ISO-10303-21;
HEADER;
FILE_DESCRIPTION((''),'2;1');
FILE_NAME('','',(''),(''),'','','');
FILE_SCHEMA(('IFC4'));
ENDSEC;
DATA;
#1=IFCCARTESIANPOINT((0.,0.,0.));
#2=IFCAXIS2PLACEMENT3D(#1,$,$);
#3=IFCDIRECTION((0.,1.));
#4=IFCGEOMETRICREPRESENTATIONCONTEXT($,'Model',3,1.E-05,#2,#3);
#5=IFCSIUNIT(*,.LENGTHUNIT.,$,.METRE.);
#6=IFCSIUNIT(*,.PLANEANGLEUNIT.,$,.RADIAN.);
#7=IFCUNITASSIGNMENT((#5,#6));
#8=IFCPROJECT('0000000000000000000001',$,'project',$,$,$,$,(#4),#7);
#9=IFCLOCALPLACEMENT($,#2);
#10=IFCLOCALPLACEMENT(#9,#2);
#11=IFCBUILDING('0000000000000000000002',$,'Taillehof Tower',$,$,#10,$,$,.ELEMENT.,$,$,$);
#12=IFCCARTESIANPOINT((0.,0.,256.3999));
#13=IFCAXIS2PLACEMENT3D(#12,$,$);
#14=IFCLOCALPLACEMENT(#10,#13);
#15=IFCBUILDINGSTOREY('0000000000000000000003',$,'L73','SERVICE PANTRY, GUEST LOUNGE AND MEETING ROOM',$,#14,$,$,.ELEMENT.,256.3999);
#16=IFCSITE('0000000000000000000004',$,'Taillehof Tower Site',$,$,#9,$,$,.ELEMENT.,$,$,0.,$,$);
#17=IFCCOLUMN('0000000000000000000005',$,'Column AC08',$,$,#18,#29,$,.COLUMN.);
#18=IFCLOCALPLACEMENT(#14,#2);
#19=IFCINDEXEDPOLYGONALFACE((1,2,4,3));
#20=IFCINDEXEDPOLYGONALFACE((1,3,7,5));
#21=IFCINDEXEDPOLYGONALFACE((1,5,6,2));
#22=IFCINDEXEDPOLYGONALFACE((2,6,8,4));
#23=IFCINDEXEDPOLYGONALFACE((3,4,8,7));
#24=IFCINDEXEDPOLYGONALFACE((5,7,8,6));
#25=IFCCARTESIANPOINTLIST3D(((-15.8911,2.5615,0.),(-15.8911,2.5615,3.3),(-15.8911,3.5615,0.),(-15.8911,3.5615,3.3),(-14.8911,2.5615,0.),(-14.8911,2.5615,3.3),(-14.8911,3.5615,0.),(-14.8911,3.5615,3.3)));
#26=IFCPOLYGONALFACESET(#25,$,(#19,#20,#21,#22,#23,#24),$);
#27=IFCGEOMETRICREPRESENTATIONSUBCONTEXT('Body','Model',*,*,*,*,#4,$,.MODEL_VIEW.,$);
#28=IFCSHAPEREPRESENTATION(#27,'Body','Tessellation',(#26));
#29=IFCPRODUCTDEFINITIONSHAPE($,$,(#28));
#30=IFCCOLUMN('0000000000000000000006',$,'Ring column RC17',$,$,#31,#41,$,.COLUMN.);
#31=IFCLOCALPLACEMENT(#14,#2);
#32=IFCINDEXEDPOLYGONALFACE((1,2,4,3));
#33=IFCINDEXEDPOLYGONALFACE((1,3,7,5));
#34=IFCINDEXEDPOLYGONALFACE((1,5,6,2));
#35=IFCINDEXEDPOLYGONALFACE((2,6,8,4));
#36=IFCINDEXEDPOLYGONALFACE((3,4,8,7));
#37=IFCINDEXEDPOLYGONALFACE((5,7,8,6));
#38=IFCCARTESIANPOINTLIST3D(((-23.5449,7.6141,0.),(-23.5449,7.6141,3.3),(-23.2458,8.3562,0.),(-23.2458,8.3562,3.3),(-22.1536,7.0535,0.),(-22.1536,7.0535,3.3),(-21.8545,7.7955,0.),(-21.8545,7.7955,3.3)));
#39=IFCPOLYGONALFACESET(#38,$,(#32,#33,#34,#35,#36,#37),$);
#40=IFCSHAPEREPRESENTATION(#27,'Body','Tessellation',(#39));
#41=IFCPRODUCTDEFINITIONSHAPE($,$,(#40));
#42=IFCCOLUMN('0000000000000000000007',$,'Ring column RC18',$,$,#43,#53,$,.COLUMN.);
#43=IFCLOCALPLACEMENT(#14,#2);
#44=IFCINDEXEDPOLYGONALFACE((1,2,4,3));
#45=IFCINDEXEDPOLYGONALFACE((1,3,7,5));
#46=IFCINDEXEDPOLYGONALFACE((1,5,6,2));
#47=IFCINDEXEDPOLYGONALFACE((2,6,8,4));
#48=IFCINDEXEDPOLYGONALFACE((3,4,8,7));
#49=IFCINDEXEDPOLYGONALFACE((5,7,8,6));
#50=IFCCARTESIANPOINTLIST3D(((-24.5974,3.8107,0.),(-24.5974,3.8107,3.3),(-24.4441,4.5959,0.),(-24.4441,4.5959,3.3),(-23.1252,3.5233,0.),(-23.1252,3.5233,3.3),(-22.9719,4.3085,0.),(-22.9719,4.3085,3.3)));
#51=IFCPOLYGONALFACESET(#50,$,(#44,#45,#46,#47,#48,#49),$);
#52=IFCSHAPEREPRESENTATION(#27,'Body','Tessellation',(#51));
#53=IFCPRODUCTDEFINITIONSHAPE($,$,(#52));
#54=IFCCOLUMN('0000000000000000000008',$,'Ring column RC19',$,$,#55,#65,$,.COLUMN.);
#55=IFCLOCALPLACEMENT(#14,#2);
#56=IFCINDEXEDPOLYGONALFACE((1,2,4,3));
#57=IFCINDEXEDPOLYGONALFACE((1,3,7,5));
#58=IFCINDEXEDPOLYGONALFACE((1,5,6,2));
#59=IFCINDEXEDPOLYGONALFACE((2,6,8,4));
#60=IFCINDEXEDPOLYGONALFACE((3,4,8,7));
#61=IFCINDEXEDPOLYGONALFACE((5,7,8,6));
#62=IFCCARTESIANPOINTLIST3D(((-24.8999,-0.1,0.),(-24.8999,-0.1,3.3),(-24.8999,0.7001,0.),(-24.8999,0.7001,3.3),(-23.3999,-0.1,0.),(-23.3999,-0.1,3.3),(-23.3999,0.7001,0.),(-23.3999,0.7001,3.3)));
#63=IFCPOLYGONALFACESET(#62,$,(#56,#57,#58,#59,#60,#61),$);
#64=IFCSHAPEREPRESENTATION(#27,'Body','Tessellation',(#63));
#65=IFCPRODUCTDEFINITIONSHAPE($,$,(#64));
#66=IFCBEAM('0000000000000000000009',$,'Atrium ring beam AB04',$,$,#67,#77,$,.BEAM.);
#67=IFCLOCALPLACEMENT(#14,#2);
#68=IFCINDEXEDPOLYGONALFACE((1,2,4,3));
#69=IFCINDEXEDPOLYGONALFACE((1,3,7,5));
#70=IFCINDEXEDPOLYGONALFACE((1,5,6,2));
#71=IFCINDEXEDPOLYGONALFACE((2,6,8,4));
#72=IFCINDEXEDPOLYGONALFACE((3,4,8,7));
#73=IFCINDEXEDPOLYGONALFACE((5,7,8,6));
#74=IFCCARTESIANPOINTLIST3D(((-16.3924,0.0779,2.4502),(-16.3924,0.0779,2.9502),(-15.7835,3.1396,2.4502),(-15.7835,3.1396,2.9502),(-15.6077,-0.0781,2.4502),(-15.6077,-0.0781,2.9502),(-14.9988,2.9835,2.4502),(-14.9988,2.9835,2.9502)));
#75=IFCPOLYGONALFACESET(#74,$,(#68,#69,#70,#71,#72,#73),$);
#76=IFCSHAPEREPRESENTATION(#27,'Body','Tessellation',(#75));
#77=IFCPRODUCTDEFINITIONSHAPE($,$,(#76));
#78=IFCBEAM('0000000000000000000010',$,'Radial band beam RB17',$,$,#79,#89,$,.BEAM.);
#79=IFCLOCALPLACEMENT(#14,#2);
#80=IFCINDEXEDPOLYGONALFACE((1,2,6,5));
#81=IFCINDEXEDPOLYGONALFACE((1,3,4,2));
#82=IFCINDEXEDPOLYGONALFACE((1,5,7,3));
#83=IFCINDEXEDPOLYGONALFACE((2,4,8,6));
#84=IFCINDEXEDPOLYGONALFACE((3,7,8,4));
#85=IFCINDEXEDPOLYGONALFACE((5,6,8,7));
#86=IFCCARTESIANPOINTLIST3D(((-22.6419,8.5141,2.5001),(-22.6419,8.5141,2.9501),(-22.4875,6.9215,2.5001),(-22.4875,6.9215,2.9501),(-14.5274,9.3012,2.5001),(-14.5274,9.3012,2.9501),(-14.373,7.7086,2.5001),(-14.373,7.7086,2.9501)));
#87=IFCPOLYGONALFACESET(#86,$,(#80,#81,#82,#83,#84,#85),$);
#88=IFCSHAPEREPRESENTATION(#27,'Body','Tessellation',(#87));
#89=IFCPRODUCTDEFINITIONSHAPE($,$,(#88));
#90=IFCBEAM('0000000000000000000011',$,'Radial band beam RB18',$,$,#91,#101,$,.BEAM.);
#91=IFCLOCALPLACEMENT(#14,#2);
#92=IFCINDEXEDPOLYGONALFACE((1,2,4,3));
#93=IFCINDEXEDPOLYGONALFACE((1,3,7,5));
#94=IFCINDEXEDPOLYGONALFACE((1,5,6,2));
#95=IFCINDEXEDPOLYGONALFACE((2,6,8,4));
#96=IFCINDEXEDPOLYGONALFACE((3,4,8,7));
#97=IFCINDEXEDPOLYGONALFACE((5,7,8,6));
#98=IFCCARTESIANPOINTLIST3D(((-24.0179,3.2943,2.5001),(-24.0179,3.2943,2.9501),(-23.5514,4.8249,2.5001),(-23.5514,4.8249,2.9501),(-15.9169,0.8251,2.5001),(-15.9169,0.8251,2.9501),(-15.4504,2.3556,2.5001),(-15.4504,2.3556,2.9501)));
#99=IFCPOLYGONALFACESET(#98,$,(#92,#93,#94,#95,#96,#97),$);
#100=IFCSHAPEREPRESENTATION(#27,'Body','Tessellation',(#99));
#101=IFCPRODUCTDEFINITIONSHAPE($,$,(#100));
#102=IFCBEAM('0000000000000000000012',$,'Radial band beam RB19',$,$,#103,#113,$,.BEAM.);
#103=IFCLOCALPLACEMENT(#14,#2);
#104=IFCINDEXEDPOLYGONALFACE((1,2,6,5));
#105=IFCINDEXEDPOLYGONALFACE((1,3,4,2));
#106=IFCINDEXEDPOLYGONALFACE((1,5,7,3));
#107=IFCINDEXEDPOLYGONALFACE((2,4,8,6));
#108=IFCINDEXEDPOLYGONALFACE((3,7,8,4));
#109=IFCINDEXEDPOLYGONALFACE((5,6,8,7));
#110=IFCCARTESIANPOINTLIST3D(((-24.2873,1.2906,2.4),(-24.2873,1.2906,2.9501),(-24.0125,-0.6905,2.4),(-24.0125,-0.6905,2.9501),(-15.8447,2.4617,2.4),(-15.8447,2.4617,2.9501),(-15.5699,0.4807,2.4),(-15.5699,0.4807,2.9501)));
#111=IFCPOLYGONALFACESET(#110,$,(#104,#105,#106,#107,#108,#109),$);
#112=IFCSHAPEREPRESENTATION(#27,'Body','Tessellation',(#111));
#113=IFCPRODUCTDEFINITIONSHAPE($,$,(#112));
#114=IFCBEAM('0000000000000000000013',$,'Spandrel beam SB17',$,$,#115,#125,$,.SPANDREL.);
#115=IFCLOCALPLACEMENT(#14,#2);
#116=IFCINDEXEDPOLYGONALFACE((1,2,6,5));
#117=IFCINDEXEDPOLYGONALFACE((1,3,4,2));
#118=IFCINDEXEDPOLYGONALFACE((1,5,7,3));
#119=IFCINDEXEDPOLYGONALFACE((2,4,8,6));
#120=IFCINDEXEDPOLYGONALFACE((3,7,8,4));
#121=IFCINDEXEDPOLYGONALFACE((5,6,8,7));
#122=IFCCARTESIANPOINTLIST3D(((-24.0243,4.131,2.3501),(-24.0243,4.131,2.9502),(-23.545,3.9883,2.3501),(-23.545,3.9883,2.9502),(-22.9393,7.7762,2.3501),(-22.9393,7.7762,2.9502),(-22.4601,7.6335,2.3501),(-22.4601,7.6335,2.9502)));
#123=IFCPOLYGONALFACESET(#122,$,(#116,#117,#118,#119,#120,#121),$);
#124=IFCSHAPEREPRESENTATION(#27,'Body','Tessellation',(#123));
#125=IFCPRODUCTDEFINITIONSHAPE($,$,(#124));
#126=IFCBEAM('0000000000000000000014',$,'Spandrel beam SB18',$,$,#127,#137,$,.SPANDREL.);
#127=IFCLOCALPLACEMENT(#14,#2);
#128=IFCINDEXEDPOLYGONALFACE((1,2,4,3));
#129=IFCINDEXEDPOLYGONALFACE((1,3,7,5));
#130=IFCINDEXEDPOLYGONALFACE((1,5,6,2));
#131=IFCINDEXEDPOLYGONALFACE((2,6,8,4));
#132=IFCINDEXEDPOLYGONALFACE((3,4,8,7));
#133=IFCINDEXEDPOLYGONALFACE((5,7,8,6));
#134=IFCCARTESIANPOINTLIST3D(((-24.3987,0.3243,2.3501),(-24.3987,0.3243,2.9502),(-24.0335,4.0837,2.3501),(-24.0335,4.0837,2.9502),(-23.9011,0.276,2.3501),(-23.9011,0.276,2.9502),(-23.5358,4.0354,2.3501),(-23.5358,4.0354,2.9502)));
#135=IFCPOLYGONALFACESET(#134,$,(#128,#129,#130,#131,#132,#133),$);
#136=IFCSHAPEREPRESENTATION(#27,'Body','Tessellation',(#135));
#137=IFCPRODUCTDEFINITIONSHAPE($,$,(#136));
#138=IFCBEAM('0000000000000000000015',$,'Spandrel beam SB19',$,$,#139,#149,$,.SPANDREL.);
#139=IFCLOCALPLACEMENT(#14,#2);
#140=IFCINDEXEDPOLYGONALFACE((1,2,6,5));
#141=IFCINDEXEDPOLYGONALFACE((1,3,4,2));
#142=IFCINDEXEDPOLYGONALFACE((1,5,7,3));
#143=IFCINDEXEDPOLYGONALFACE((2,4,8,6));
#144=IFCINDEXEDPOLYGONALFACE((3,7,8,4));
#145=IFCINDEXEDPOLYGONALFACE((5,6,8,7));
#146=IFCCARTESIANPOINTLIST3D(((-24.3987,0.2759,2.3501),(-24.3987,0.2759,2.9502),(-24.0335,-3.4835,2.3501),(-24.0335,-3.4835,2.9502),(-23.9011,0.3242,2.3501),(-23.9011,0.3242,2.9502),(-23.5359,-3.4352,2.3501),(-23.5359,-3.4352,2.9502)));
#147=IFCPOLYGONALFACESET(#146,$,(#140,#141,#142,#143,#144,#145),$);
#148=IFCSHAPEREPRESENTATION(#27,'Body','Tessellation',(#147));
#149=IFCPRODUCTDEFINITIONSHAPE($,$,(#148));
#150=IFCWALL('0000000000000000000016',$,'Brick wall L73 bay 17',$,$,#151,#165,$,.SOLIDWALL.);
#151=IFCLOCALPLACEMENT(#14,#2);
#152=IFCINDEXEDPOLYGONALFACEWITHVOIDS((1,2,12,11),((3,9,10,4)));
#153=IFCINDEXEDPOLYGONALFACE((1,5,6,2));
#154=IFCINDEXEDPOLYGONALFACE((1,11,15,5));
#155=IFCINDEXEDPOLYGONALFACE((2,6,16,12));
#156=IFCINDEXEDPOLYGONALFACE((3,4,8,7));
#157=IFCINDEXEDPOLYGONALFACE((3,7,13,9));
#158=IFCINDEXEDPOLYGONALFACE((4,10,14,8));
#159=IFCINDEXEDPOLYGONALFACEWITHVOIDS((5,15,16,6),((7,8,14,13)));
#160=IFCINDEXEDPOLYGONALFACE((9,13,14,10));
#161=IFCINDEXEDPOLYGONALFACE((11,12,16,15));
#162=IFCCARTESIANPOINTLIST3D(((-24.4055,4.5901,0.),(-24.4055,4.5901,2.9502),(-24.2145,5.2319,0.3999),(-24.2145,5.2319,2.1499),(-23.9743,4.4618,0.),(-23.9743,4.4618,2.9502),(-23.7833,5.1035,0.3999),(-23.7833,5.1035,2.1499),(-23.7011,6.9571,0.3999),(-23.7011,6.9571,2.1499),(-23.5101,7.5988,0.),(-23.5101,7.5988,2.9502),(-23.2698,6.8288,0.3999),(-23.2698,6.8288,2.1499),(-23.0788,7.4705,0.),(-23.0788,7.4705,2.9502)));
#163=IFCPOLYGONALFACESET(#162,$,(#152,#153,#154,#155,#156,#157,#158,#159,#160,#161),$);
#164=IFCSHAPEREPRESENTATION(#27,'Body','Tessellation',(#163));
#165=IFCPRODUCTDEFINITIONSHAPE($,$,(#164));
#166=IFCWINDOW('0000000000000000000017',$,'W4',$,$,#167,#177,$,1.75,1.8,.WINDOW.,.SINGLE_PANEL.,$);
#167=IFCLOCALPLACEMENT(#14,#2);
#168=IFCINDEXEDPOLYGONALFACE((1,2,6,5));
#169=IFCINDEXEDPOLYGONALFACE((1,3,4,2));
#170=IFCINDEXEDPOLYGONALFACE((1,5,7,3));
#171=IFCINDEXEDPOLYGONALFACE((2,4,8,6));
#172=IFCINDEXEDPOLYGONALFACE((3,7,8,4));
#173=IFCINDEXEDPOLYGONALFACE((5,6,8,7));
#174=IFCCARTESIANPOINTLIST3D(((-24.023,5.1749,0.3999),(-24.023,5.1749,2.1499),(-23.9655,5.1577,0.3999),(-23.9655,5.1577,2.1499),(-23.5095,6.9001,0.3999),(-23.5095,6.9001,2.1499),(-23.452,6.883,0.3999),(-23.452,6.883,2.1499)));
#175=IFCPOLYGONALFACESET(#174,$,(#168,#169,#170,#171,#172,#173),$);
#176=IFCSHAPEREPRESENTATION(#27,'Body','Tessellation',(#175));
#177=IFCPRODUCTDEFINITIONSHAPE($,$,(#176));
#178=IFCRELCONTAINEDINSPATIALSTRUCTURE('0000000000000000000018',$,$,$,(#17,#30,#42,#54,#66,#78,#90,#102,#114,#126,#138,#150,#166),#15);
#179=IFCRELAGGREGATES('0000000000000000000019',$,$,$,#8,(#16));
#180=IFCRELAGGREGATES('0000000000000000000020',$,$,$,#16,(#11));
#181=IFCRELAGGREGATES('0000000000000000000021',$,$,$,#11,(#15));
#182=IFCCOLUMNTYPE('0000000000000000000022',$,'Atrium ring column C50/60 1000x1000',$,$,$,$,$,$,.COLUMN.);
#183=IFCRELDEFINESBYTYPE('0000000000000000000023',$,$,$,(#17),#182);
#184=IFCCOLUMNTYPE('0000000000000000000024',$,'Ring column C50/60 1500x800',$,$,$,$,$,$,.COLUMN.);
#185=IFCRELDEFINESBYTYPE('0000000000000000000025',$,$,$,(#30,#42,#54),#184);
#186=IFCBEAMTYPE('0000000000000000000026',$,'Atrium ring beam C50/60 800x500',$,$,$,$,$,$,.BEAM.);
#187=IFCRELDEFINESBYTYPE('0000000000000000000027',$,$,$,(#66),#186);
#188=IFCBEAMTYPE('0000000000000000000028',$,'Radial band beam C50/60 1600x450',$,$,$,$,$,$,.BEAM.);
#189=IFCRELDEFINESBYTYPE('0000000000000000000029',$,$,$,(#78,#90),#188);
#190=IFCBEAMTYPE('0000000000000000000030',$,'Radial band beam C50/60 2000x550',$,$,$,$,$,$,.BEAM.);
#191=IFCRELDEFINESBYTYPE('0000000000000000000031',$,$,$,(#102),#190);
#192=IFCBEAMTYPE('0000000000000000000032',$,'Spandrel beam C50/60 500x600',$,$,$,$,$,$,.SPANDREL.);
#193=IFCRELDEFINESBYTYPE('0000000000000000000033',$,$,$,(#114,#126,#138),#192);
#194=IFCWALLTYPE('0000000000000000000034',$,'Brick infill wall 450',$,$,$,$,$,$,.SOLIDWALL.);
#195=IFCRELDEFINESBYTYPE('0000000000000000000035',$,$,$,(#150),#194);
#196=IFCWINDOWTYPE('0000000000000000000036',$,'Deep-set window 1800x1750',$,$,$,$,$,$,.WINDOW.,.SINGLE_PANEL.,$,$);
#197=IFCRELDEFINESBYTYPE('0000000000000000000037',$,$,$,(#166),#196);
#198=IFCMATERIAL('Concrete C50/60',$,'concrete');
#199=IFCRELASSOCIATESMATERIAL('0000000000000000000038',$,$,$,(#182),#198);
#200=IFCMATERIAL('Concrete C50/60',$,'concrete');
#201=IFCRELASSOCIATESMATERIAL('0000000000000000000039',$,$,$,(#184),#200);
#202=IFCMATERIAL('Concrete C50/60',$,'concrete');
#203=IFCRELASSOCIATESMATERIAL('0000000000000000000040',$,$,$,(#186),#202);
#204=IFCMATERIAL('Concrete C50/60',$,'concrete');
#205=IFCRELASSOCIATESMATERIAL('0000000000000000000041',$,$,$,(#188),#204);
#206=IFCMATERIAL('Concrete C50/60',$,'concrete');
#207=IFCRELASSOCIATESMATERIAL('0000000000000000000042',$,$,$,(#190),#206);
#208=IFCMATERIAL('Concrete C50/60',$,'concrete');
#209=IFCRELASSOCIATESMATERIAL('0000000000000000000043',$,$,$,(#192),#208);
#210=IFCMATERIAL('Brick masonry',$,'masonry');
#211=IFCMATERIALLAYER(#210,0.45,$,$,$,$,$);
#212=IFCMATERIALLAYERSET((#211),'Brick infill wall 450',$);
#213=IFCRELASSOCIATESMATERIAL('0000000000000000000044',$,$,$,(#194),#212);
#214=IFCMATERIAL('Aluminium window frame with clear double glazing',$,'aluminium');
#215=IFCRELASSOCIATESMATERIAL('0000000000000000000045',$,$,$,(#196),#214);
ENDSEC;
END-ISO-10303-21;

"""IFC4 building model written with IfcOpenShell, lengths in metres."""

from ifc_helpers import new_model, si_unit, direction, frame, frame_2d, origin, origin_2d, place, context, subcontext, project, spatial, rectangle, extrude, material, layer, layer_set, material_profile, profile_set, type_object, element, fill, save


model = new_model("IFC4")

# Units and contexts
model_context = context("Model", 3, precision=1e-05, world=origin(), true_north=direction((0.0, 1.0)))
body_context = subcontext(model_context, "Body", "Model", "MODEL_VIEW")
ifc_project = project(units=[si_unit("LENGTHUNIT", "METRE"), si_unit("PLANEANGLEUNIT", "RADIAN")], contexts=[model_context])

# Site, building, storey
site_placement = place(None, origin())
site = spatial("IfcSite", under=ifc_project, at=site_placement, Name="Taillehof Tower Site", CompositionType="ELEMENT", RefElevation=0.0)
building_placement = place(site_placement, origin())
building = spatial("IfcBuilding", under=site, at=building_placement, Name="Taillehof Tower", CompositionType="ELEMENT")
storey_placement = place(building_placement, frame((0.0, 0.0, 256.3999)))
storey = spatial("IfcBuildingStorey", under=building, at=storey_placement, Name="L73", Description="SERVICE PANTRY, GUEST LOUNGE AND MEETING ROOM", CompositionType="ELEMENT", Elevation=256.3999)

# Columns
ifc_material_1 = material(Name="Concrete C50/60", Category="concrete")
ifc_material_profile_1 = material_profile(ifc_material_1, rectangle(XDim=1.0, YDim=1.0, at=origin_2d()), Name="RC 1000x1000")
ifc_profile_set_1 = profile_set([ifc_material_profile_1], Name="Concrete C50/60")
column_type_1 = type_object("IfcColumnType", Name="Atrium ring column C50/60 1000x1000", PredefinedType="COLUMN", material=ifc_profile_set_1)
column_placement = place(storey_placement, frame((-15.3911, 3.0615, 0.0), z_axis=(0.0, 0.0, 1.0), x_axis=(1.0, 0.0, 0.0)))
element("IfcColumn", 1, at=column_placement, inside=storey, type_object=column_type_1, Name="Column AC08", PredefinedType="COLUMN", context=body_context, shape_type="SweptSolid", body=[
    extrude(rectangle(XDim=1.0, YDim=1.0, at=origin_2d()), origin(), (0.0, 0.0, 1.0), 3.3),
])
ifc_material_2 = material(Name="Concrete C50/60", Category="concrete")
ifc_material_profile_2 = material_profile(ifc_material_2, rectangle(XDim=1.5, YDim=0.8, at=origin_2d()), Name="RC 1500x800")
ifc_profile_set_2 = profile_set([ifc_material_profile_2], Name="Concrete C50/60")
column_type_2 = type_object("IfcColumnType", Name="Ring column C50/60 1500x800", PredefinedType="COLUMN", material=ifc_profile_set_2)
for number, where, z_axis, x_axis, name in (
    (2, (-22.6997, 7.7048, 0.0), (0.0, 0.0, 1.0), (-0.927525, 0.373762, 0.0), "Ring column RC17"),
    (3, (-23.7847, 4.0596, 0.0), (0.0, 0.0, 1.0), (-0.981473, 0.191602, 0.0), "Ring column RC18"),
    (4, (-24.1499, 0.3, 0.0), (0.0, 0.0, 1.0), (-1.0, 0.0, 0.0), "Ring column RC19"),
):
    element("IfcColumn", number, at=place(storey_placement, frame(where, z_axis=z_axis, x_axis=x_axis)), inside=storey, type_object=column_type_2, Name=name, PredefinedType="COLUMN", context=body_context, shape_type="SweptSolid", body=[
        extrude(rectangle(XDim=1.5, YDim=0.8, at=origin_2d()), origin(), (0.0, 0.0, 1.0), 3.3),
    ])

# Beams
ifc_material_3 = material(Name="Concrete C50/60", Category="concrete")
ifc_material_profile_3 = material_profile(ifc_material_3, rectangle(XDim=0.8, YDim=0.5, at=origin_2d()), Name="RC 800x500")
ifc_profile_set_3 = profile_set([ifc_material_profile_3], Name="Concrete C50/60")
beam_type_1 = type_object("IfcBeamType", Name="Atrium ring beam C50/60 800x500", PredefinedType="BEAM", material=ifc_profile_set_3)
beam_1_placement = place(storey_placement, frame((-15.3911, 3.0615, 2.7002), z_axis=(-0.195063, -0.980791, 0.0), x_axis=(0.980791, -0.195063, 0.0)))
element("IfcBeam", 5, at=beam_1_placement, inside=storey, type_object=beam_type_1, Name="Atrium ring beam AB04", PredefinedType="BEAM", context=body_context, shape_type="SweptSolid", body=[
    extrude(rectangle(XDim=0.8, YDim=0.5, at=origin_2d()), origin(), (0.0, 0.0, 1.0), 3.1216),
])
ifc_material_4 = material(Name="Concrete C50/60", Category="concrete")
ifc_material_profile_4 = material_profile(ifc_material_4, rectangle(XDim=1.6001, YDim=0.45, at=origin_2d()), Name="RC 1600x450")
ifc_profile_set_4 = profile_set([ifc_material_profile_4], Name="Concrete C50/60")
beam_type_2 = type_object("IfcBeamType", Name="Radial band beam C50/60 1600x450", PredefinedType="BEAM", material=ifc_profile_set_4)
beam_2_placement = place(storey_placement, frame((-22.5647, 7.7178, 2.7251), z_axis=(0.995328, 0.096547, 0.0), x_axis=(-0.096547, 0.995328, 0.0)))
element("IfcBeam", 6, at=beam_2_placement, inside=storey, type_object=beam_type_2, Name="Radial band beam RB17", PredefinedType="BEAM", context=body_context, shape_type="SweptSolid", body=[
    extrude(rectangle(XDim=1.6001, YDim=0.45, at=origin_2d()), origin(), (0.0, 0.0, 1.0), 8.1526),
])
beam_3_placement = place(storey_placement, frame((-23.7847, 4.0596, 2.7251), z_axis=(0.956552, -0.291561, 0.0), x_axis=(0.291561, 0.956552, 0.0)))
element("IfcBeam", 7, at=beam_3_placement, inside=storey, type_object=beam_type_2, Name="Radial band beam RB18", PredefinedType="BEAM", context=body_context, shape_type="SweptSolid", body=[
    extrude(rectangle(XDim=1.6001, YDim=0.45, at=origin_2d()), origin(), (0.0, 0.0, 1.0), 8.469),
])
ifc_material_5 = material(Name="Concrete C50/60", Category="concrete")
ifc_material_profile_5 = material_profile(ifc_material_5, rectangle(XDim=2.0, YDim=0.55, at=origin_2d()), Name="RC 2000x550")
ifc_profile_set_5 = profile_set([ifc_material_profile_5], Name="Concrete C50/60")
beam_type_3 = type_object("IfcBeamType", Name="Radial band beam C50/60 2000x550", PredefinedType="BEAM", material=ifc_profile_set_5)
beam_4_placement = place(storey_placement, frame((-24.1499, 0.3, 2.675), z_axis=(0.990515, 0.137402, 0.0), x_axis=(-0.137402, 0.990515, 0.0)))
element("IfcBeam", 8, at=beam_4_placement, inside=storey, type_object=beam_type_3, Name="Radial band beam RB19", PredefinedType="BEAM", context=body_context, shape_type="SweptSolid", body=[
    extrude(rectangle(XDim=2.0, YDim=0.55, at=origin_2d()), origin(), (0.0, 0.0, 1.0), 8.5234),
])
ifc_material_6 = material(Name="Concrete C50/60", Category="concrete")
ifc_material_profile_6 = material_profile(ifc_material_6, rectangle(XDim=0.5, YDim=0.6001, at=origin_2d()), Name="RC 500x600")
ifc_profile_set_6 = profile_set([ifc_material_profile_6], Name="Concrete C50/60")
beam_type_4 = type_object("IfcBeamType", Name="Spandrel beam C50/60 500x600", PredefinedType="SPANDREL", material=ifc_profile_set_6)
beam_5_placement = place(storey_placement, frame((-22.6997, 7.7048, 2.6501), z_axis=(-0.285268, -0.958448, 0.0), x_axis=(0.958448, -0.285268, 0.0)))
element("IfcBeam", 9, at=beam_5_placement, inside=storey, type_object=beam_type_4, Name="Spandrel beam SB17", PredefinedType="SPANDREL", context=body_context, shape_type="SweptSolid", body=[
    extrude(rectangle(XDim=0.5, YDim=0.6001, at=origin_2d()), origin(), (0.0, 0.0, 1.0), 3.8032),
])
for number, where, z_axis, x_axis, name in (
    (10, (-23.7847, 4.0596, 2.6501), (-0.096694, -0.995314, 0.0), (0.995314, -0.096694, 0.0), "Spandrel beam SB18"),
    (11, (-24.1499, 0.3, 2.6501), (0.096694, -0.995314, 0.0), (0.995314, 0.096694, 0.0), "Spandrel beam SB19"),
):
    element("IfcBeam", number, at=place(storey_placement, frame(where, z_axis=z_axis, x_axis=x_axis)), inside=storey, type_object=beam_type_4, Name=name, PredefinedType="SPANDREL", context=body_context, shape_type="SweptSolid", body=[
        extrude(rectangle(XDim=0.5, YDim=0.6001, at=origin_2d()), origin(), (0.0, 0.0, 1.0), 3.7771),
    ])

# Wall, opening, window
ifc_material_7 = material(Name="Brick masonry", Category="masonry")
ifc_layer_1 = layer(ifc_material_7, 0.45)
ifc_layer_set_1 = layer_set([ifc_layer_1], Name="Brick infill wall 450")
wall_type_1 = type_object("IfcWallType", Name="Brick infill wall 450", PredefinedType="SOLIDWALL", material=ifc_layer_set_1)
wall_1_placement = place(storey_placement, frame((-23.2944, 7.5347, 0.0), z_axis=(0.0, 0.0, 1.0), x_axis=(-0.285264, -0.958449, 0.0)))
wall_1 = element("IfcWall", 12, at=wall_1_placement, inside=storey, type_object=wall_type_1, Name="Brick wall L73 bay 17", PredefinedType="SOLIDWALL", context=body_context, shape_type="SweptSolid", body=[
    extrude(rectangle(XDim=3.1392, YDim=0.45, at=frame_2d((1.5696, 0.0))), origin(), (0.0, 0.0, 1.0), 2.9502),
])
opening_1_placement = place(wall_1_placement, frame((0.6697, 0.0, 0.3999)))
opening_1 = element("IfcOpeningElement", 13, at=opening_1_placement, cuts=wall_1, PredefinedType="OPENING", context=body_context, shape_type="SweptSolid", body=[
    extrude(rectangle(XDim=1.8, YDim=1.75, at=frame_2d((0.8999, 0.875))), frame((0.0, 0.2349, 0.0), z_axis=(0.0, -1.0, 0.0), x_axis=(1.0, 0.0, 0.0)), (0.0, 0.0, 1.0), 0.47),
])
ifc_material_8 = material(Name="Aluminium window frame with clear double glazing", Category="aluminium")
window_type = type_object("IfcWindowType", Name="Deep-set window 1800x1750", PartitioningType="SINGLE_PANEL", PredefinedType="WINDOW", material=ifc_material_8)
window_1_placement = place(opening_1_placement, origin())
window_1 = element("IfcWindow", 14, at=window_1_placement, inside=storey, type_object=window_type, Name="W4", OverallHeight=1.75, OverallWidth=1.8, PartitioningType="SINGLE_PANEL", PredefinedType="WINDOW", context=body_context, shape_type="SweptSolid", body=[
    extrude(rectangle(XDim=1.8, YDim=1.75, at=frame_2d((0.8999, 0.875))), frame((0.0, 0.0349, 0.0), z_axis=(0.0, -1.0, 0.0), x_axis=(1.0, 0.0, 0.0)), (0.0, 0.0, 1.0), 0.0601),
])
fill(opening_1, window_1)

save(model, "model.ifc")
